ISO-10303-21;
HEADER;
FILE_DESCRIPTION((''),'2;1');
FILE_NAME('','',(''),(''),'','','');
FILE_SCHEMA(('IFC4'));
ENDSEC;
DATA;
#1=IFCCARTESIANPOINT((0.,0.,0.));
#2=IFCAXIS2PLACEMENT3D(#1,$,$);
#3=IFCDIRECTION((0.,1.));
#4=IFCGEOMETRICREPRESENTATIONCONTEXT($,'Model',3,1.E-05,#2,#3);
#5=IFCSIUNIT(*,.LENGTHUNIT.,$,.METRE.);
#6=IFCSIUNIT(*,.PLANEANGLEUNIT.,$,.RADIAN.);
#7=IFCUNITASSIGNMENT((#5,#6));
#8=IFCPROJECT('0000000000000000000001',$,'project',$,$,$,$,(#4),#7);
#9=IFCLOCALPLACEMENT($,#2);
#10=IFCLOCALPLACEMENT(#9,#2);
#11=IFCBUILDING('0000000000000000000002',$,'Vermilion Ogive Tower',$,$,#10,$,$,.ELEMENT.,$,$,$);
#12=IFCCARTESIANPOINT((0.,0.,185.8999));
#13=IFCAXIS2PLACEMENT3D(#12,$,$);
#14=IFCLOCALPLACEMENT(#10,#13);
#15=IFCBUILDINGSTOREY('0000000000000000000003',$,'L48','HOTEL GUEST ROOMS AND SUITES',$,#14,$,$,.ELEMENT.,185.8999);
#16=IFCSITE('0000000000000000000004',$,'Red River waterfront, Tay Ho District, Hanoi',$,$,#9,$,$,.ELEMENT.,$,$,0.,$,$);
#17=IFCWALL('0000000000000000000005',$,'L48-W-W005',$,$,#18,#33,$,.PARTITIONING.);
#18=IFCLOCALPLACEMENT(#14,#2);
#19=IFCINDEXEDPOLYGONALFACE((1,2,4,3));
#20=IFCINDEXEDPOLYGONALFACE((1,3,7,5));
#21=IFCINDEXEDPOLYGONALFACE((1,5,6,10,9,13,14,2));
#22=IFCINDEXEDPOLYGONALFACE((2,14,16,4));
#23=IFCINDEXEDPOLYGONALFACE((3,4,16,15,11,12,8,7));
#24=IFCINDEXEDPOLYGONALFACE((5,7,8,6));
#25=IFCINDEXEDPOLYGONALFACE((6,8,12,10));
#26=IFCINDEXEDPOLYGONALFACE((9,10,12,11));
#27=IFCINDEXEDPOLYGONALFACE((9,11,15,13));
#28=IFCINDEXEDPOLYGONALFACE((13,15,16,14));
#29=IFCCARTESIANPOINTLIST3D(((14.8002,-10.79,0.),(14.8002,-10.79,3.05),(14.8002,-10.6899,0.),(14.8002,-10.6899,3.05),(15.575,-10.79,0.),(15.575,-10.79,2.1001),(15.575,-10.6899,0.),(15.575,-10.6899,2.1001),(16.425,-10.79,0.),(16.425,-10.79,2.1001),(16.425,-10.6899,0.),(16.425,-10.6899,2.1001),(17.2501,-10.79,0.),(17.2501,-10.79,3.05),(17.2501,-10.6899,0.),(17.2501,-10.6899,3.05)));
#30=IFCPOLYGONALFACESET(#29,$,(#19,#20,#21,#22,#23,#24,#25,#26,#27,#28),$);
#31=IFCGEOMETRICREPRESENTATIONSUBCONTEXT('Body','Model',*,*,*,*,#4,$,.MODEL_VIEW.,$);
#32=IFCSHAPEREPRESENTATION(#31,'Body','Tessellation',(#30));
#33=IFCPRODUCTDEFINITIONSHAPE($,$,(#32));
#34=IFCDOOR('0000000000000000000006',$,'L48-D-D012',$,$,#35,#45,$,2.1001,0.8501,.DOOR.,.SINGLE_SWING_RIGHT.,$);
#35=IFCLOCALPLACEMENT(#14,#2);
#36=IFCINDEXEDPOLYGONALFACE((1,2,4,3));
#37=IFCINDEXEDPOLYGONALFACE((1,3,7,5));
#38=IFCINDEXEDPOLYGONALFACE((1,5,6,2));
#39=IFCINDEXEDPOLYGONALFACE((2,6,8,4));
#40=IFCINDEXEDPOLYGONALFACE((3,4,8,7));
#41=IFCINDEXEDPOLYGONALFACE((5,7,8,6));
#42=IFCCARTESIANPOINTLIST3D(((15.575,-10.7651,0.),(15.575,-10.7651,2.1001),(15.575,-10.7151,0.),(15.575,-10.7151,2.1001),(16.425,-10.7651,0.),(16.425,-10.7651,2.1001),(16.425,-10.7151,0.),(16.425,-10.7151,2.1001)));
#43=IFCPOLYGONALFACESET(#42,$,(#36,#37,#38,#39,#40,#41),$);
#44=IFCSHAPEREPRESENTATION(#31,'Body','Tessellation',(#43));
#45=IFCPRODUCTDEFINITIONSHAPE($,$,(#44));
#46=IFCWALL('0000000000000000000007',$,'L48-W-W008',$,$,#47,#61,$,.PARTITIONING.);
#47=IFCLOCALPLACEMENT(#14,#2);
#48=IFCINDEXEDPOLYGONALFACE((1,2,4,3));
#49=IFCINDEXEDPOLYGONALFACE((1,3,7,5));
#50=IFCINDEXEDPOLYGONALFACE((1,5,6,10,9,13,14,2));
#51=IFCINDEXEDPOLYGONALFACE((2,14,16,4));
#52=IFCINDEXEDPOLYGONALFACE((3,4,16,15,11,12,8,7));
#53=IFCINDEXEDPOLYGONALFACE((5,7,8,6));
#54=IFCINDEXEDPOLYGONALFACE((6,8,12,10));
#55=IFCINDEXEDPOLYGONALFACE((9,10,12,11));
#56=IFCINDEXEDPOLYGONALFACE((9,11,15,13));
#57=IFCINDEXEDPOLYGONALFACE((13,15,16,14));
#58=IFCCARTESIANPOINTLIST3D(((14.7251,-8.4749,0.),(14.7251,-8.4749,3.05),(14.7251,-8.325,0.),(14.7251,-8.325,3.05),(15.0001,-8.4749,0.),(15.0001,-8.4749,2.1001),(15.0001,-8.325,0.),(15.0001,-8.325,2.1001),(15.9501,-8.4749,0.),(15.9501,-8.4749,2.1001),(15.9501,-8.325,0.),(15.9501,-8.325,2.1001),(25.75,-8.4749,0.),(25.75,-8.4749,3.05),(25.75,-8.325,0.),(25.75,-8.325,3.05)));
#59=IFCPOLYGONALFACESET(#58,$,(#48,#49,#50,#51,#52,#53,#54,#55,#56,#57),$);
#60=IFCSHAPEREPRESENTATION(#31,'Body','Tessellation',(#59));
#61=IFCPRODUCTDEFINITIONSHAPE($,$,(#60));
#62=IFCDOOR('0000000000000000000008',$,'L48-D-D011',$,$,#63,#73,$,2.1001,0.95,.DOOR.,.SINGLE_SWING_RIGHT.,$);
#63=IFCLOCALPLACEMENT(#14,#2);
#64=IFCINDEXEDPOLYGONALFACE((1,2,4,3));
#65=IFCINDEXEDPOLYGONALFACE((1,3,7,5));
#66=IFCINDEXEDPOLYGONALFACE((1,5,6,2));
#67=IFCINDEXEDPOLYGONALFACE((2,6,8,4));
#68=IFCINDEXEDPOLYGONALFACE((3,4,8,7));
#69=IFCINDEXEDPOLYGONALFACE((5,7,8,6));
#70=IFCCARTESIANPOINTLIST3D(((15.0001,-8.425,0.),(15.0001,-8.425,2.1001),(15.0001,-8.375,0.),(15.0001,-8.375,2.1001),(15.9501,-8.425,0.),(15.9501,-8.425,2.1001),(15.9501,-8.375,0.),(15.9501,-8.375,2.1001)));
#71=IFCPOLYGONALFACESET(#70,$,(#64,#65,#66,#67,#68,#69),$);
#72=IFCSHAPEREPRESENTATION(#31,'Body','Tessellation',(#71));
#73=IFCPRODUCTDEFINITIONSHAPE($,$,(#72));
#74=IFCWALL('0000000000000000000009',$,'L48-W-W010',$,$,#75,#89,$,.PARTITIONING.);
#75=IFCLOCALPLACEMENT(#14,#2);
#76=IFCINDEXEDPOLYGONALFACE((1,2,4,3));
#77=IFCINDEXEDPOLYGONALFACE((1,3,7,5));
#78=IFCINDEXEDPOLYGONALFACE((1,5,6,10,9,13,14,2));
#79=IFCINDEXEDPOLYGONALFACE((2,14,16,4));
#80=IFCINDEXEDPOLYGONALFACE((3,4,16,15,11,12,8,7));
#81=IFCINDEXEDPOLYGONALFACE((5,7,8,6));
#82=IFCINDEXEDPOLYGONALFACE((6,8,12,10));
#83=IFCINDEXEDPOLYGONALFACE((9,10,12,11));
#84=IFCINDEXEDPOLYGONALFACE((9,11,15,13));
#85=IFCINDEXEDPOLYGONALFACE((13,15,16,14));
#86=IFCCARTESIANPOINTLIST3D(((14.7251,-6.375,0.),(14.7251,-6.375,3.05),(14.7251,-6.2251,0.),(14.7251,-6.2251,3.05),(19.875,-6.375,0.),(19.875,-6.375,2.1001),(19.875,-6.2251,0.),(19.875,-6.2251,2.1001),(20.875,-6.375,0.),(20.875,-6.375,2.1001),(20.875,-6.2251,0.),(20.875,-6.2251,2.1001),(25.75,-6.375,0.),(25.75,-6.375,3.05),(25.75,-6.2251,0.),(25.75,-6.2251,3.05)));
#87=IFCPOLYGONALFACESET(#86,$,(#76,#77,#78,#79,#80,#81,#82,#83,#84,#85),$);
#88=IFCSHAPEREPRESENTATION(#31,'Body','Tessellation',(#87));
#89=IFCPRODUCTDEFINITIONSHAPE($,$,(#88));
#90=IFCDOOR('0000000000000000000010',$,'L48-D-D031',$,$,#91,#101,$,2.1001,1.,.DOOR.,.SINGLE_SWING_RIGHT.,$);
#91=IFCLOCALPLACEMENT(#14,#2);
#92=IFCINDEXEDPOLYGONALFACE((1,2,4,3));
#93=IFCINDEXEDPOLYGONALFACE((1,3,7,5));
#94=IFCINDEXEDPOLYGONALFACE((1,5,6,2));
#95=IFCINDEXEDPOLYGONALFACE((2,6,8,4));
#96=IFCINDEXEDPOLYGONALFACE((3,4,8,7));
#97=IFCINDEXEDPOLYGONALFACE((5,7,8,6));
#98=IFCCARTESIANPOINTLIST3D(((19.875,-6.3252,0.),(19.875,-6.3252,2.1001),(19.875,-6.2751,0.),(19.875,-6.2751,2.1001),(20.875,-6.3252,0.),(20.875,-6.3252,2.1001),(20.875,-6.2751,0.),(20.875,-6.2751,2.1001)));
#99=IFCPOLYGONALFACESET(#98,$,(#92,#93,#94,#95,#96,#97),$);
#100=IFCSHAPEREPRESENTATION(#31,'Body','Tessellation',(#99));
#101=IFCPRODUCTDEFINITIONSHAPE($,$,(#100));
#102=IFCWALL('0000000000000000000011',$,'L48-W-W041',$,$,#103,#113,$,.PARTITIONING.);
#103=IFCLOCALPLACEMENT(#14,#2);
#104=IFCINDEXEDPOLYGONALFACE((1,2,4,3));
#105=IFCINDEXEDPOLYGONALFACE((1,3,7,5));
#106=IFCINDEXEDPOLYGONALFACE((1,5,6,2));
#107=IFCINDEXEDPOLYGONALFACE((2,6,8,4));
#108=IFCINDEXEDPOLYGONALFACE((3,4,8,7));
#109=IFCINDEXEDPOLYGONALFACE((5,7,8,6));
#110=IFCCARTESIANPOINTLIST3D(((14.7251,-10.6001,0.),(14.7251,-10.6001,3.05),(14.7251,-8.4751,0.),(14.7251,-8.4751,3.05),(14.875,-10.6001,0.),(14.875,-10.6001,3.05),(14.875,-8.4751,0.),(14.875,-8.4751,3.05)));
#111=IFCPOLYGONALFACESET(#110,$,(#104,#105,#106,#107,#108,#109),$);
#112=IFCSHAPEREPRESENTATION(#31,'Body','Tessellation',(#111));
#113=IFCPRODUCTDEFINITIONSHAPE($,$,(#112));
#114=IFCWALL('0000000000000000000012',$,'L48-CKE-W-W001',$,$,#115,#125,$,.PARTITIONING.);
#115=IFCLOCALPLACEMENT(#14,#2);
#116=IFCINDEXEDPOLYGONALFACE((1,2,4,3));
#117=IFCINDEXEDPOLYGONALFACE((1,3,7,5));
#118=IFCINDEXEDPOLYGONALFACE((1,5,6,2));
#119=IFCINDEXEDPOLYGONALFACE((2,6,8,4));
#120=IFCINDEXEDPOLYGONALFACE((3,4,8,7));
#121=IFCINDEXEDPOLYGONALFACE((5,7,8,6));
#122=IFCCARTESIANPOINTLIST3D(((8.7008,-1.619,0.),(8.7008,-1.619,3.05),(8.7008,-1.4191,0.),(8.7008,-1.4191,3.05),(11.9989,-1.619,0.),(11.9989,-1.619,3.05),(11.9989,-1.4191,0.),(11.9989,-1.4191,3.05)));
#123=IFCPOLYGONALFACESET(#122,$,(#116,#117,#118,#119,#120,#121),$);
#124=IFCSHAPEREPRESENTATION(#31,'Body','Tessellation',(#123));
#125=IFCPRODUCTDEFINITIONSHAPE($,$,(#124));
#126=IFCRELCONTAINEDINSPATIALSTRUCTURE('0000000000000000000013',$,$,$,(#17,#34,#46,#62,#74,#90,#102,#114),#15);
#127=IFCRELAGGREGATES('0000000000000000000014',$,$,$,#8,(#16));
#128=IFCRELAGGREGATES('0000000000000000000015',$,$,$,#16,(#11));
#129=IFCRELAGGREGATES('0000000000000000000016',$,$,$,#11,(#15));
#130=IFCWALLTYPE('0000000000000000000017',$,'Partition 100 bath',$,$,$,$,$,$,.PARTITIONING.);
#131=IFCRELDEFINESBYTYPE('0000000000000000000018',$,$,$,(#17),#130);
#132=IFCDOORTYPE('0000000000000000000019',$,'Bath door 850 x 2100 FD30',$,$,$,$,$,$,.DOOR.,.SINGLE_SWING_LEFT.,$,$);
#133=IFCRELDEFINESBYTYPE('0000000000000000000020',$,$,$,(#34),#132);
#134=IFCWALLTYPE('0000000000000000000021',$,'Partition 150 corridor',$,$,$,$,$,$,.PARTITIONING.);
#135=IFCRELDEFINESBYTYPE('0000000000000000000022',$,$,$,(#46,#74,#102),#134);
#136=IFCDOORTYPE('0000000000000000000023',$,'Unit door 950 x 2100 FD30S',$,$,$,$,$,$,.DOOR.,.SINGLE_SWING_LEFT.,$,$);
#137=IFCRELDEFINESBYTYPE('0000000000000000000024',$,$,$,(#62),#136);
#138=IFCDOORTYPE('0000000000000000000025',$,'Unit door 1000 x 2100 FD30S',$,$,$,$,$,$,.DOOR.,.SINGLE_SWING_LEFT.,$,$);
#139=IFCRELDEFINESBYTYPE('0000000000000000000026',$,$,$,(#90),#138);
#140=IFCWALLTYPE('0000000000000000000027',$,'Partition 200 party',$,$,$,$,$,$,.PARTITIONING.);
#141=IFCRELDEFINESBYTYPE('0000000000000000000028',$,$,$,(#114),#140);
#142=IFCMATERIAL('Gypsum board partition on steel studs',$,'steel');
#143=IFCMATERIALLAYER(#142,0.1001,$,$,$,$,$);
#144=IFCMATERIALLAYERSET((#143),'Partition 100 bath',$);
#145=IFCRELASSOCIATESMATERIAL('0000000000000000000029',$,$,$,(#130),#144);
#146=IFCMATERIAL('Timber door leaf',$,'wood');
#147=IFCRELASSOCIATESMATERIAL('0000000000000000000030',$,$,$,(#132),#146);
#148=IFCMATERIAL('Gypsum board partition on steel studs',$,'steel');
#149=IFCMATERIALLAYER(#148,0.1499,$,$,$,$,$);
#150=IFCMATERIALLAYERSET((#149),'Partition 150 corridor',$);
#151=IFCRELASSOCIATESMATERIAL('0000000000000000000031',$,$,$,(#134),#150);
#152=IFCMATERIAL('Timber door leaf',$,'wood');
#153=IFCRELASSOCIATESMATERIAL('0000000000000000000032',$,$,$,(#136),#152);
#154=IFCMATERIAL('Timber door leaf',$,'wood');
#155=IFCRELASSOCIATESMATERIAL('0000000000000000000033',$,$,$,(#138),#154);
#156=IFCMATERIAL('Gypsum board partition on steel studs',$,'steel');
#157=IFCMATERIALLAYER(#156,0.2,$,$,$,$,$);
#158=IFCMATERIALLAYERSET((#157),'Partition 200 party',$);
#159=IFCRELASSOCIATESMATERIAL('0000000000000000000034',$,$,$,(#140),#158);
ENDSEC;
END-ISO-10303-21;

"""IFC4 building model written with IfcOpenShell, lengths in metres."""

from ifc_helpers import new_model, si_unit, direction, frame, frame_2d, origin, place, context, subcontext, project, spatial, rectangle, extrude, material, layer, layer_set, type_object, element, fill, save


model = new_model("IFC4")

# Units and contexts
model_context = context("Model", 3, precision=1e-05, world=origin(), true_north=direction((0.0, 1.0)))
body_context = subcontext(model_context, "Body", "Model", "MODEL_VIEW")
ifc_project = project(units=[si_unit("LENGTHUNIT", "METRE"), si_unit("PLANEANGLEUNIT", "RADIAN")], contexts=[model_context])

# Site, building, storey
site_placement = place(None, origin())
site = spatial("IfcSite", under=ifc_project, at=site_placement, Name="Red River waterfront, Tay Ho District, Hanoi", CompositionType="ELEMENT", RefElevation=0.0)
building_placement = place(site_placement, origin())
building = spatial("IfcBuilding", under=site, at=building_placement, Name="Vermilion Ogive Tower", CompositionType="ELEMENT")
storey_placement = place(building_placement, frame((0.0, 0.0, 185.8999)))
storey = spatial("IfcBuildingStorey", under=building, at=storey_placement, Name="L48", Description="HOTEL GUEST ROOMS AND SUITES", CompositionType="ELEMENT", Elevation=185.8999)

# Walls, openings, doors
ifc_material_1 = material(Name="Gypsum board partition on steel studs", Category="steel")
ifc_layer_1 = layer(ifc_material_1, 0.1001)
ifc_layer_set_1 = layer_set([ifc_layer_1], Name="Partition 100 bath")
wall_type_1 = type_object("IfcWallType", Name="Partition 100 bath", PredefinedType="PARTITIONING", material=ifc_layer_set_1)
wall_1_placement = place(storey_placement, frame((14.8, -10.74, 0.0), z_axis=(0.0, 0.0, 1.0), x_axis=(1.0, 0.0, 0.0)))
wall_1 = element("IfcWall", 1, at=wall_1_placement, inside=storey, type_object=wall_type_1, Name="L48-W-W005", PredefinedType="PARTITIONING", context=body_context, shape_type="SweptSolid", body=[
    extrude(rectangle(XDim=2.45, YDim=0.1001, at=frame_2d((1.2251, 0.0))), origin(), (0.0, 0.0, 1.0), 3.05),
])
opening_1_placement = place(wall_1_placement, frame((0.7749, 0.0, 0.0)))
opening_1 = element("IfcOpeningElement", 2, at=opening_1_placement, cuts=wall_1, PredefinedType="OPENING", context=body_context, shape_type="SweptSolid", body=[
    extrude(rectangle(XDim=0.8501, YDim=2.1001, at=frame_2d((0.425, 1.05))), frame((0.0, 0.0601, 0.0), z_axis=(0.0, -1.0, 0.0), x_axis=(1.0, 0.0, 0.0)), (0.0, 0.0, 1.0), 0.1201),
])
ifc_material_2 = material(Name="Timber door leaf", Category="wood")
door_type_1 = type_object("IfcDoorType", Name="Bath door 850 x 2100 FD30", OperationType="SINGLE_SWING_LEFT", PredefinedType="DOOR", material=ifc_material_2)
door_1_placement = place(opening_1_placement, origin())
door_1 = element("IfcDoor", 3, at=door_1_placement, inside=storey, type_object=door_type_1, Name="L48-D-D012", OperationType="SINGLE_SWING_RIGHT", OverallHeight=2.1001, OverallWidth=0.8501, PredefinedType="DOOR", context=body_context, shape_type="SweptSolid", body=[
    extrude(rectangle(XDim=0.8501, YDim=2.1001, at=frame_2d((0.425, 1.05))), frame((0.0, 0.0249, 0.0), z_axis=(0.0, -1.0, 0.0), x_axis=(1.0, 0.0, 0.0)), (0.0, 0.0, 1.0), 0.05),
])
fill(opening_1, door_1)
ifc_material_3 = material(Name="Gypsum board partition on steel studs", Category="steel")
ifc_layer_2 = layer(ifc_material_3, 0.1499)
ifc_layer_set_2 = layer_set([ifc_layer_2], Name="Partition 150 corridor")
wall_type_2 = type_object("IfcWallType", Name="Partition 150 corridor", PredefinedType="PARTITIONING", material=ifc_layer_set_2)
wall_2_placement = place(storey_placement, frame((14.7251, -8.3999, 0.0), z_axis=(0.0, 0.0, 1.0), x_axis=(1.0, 0.0, 0.0)))
wall_2 = element("IfcWall", 4, at=wall_2_placement, inside=storey, type_object=wall_type_2, Name="L48-W-W008", PredefinedType="PARTITIONING", context=body_context, shape_type="SweptSolid", body=[
    extrude(rectangle(XDim=11.0249, YDim=0.1499, at=frame_2d((5.5125, 0.0))), origin(), (0.0, 0.0, 1.0), 3.05),
])
opening_2_placement = place(wall_2_placement, frame((0.2749, 0.0, 0.0)))
opening_2 = element("IfcOpeningElement", 5, at=opening_2_placement, cuts=wall_2, PredefinedType="OPENING", context=body_context, shape_type="SweptSolid", body=[
    extrude(rectangle(XDim=0.95, YDim=2.1001, at=frame_2d((0.4751, 1.05))), frame((0.0, 0.085, 0.0), z_axis=(0.0, -1.0, 0.0), x_axis=(1.0, 0.0, 0.0)), (0.0, 0.0, 1.0), 0.1699),
])
ifc_material_4 = material(Name="Timber door leaf", Category="wood")
door_type_2 = type_object("IfcDoorType", Name="Unit door 950 x 2100 FD30S", OperationType="SINGLE_SWING_LEFT", PredefinedType="DOOR", material=ifc_material_4)
door_2_placement = place(opening_2_placement, origin())
door_2 = element("IfcDoor", 6, at=door_2_placement, inside=storey, type_object=door_type_2, Name="L48-D-D011", OperationType="SINGLE_SWING_RIGHT", OverallHeight=2.1001, OverallWidth=0.95, PredefinedType="DOOR", context=body_context, shape_type="SweptSolid", body=[
    extrude(rectangle(XDim=0.95, YDim=2.1001, at=frame_2d((0.4751, 1.05))), frame((0.0, 0.0249, 0.0), z_axis=(0.0, -1.0, 0.0), x_axis=(1.0, 0.0, 0.0)), (0.0, 0.0, 1.0), 0.05),
])
fill(opening_2, door_2)
wall_3_placement = place(storey_placement, frame((14.7251, -6.3, 0.0), z_axis=(0.0, 0.0, 1.0), x_axis=(1.0, 0.0, 0.0)))
wall_3 = element("IfcWall", 7, at=wall_3_placement, inside=storey, type_object=wall_type_2, Name="L48-W-W010", PredefinedType="PARTITIONING", context=body_context, shape_type="SweptSolid", body=[
    extrude(rectangle(XDim=11.0249, YDim=0.1499, at=frame_2d((5.5125, 0.0))), origin(), (0.0, 0.0, 1.0), 3.05),
])
opening_3_placement = place(wall_3_placement, frame((5.1499, 0.0, 0.0)))
opening_3 = element("IfcOpeningElement", 8, at=opening_3_placement, cuts=wall_3, PredefinedType="OPENING", context=body_context, shape_type="SweptSolid", body=[
    extrude(rectangle(XDim=1.0, YDim=2.1001, at=frame_2d((0.5, 1.05))), frame((0.0, 0.085, 0.0), z_axis=(0.0, -1.0, 0.0), x_axis=(1.0, 0.0, 0.0)), (0.0, 0.0, 1.0), 0.1699),
])
ifc_material_5 = material(Name="Timber door leaf", Category="wood")
door_type_3 = type_object("IfcDoorType", Name="Unit door 1000 x 2100 FD30S", OperationType="SINGLE_SWING_LEFT", PredefinedType="DOOR", material=ifc_material_5)
door_3_placement = place(opening_3_placement, origin())
door_3 = element("IfcDoor", 9, at=door_3_placement, inside=storey, type_object=door_type_3, Name="L48-D-D031", OperationType="SINGLE_SWING_RIGHT", OverallHeight=2.1001, OverallWidth=1.0, PredefinedType="DOOR", context=body_context, shape_type="SweptSolid", body=[
    extrude(rectangle(XDim=1.0, YDim=2.1001, at=frame_2d((0.5, 1.05))), frame((0.0, 0.0249, 0.0), z_axis=(0.0, -1.0, 0.0), x_axis=(1.0, 0.0, 0.0)), (0.0, 0.0, 1.0), 0.05),
])
fill(opening_3, door_3)

# Walls
wall_4_placement = place(storey_placement, frame((14.8, -10.6001, 0.0), z_axis=(0.0, 0.0, 1.0), x_axis=(0.0, 1.0, 0.0)))
element("IfcWall", 10, at=wall_4_placement, inside=storey, type_object=wall_type_2, Name="L48-W-W041", PredefinedType="PARTITIONING", context=body_context, shape_type="SweptSolid", body=[
    extrude(rectangle(XDim=2.125, YDim=0.1499, at=frame_2d((1.0625, 0.0))), origin(), (0.0, 0.0, 1.0), 3.05),
])
ifc_material_6 = material(Name="Gypsum board partition on steel studs", Category="steel")
ifc_layer_3 = layer(ifc_material_6, 0.2)
ifc_layer_set_3 = layer_set([ifc_layer_3], Name="Partition 200 party")
wall_type_3 = type_object("IfcWallType", Name="Partition 200 party", PredefinedType="PARTITIONING", material=ifc_layer_set_3)
wall_5_placement = place(storey_placement, frame((8.7009, -1.519, 0.0), z_axis=(0.0, 0.0, 1.0), x_axis=(1.0, 0.0, 0.0)))
element("IfcWall", 11, at=wall_5_placement, inside=storey, type_object=wall_type_3, Name="L48-CKE-W-W001", PredefinedType="PARTITIONING", context=body_context, shape_type="SweptSolid", body=[
    extrude(rectangle(XDim=3.2981, YDim=0.2, at=frame_2d((1.6489, 0.0))), origin(), (0.0, 0.0, 1.0), 3.05),
])

save(model, "model.ifc")
